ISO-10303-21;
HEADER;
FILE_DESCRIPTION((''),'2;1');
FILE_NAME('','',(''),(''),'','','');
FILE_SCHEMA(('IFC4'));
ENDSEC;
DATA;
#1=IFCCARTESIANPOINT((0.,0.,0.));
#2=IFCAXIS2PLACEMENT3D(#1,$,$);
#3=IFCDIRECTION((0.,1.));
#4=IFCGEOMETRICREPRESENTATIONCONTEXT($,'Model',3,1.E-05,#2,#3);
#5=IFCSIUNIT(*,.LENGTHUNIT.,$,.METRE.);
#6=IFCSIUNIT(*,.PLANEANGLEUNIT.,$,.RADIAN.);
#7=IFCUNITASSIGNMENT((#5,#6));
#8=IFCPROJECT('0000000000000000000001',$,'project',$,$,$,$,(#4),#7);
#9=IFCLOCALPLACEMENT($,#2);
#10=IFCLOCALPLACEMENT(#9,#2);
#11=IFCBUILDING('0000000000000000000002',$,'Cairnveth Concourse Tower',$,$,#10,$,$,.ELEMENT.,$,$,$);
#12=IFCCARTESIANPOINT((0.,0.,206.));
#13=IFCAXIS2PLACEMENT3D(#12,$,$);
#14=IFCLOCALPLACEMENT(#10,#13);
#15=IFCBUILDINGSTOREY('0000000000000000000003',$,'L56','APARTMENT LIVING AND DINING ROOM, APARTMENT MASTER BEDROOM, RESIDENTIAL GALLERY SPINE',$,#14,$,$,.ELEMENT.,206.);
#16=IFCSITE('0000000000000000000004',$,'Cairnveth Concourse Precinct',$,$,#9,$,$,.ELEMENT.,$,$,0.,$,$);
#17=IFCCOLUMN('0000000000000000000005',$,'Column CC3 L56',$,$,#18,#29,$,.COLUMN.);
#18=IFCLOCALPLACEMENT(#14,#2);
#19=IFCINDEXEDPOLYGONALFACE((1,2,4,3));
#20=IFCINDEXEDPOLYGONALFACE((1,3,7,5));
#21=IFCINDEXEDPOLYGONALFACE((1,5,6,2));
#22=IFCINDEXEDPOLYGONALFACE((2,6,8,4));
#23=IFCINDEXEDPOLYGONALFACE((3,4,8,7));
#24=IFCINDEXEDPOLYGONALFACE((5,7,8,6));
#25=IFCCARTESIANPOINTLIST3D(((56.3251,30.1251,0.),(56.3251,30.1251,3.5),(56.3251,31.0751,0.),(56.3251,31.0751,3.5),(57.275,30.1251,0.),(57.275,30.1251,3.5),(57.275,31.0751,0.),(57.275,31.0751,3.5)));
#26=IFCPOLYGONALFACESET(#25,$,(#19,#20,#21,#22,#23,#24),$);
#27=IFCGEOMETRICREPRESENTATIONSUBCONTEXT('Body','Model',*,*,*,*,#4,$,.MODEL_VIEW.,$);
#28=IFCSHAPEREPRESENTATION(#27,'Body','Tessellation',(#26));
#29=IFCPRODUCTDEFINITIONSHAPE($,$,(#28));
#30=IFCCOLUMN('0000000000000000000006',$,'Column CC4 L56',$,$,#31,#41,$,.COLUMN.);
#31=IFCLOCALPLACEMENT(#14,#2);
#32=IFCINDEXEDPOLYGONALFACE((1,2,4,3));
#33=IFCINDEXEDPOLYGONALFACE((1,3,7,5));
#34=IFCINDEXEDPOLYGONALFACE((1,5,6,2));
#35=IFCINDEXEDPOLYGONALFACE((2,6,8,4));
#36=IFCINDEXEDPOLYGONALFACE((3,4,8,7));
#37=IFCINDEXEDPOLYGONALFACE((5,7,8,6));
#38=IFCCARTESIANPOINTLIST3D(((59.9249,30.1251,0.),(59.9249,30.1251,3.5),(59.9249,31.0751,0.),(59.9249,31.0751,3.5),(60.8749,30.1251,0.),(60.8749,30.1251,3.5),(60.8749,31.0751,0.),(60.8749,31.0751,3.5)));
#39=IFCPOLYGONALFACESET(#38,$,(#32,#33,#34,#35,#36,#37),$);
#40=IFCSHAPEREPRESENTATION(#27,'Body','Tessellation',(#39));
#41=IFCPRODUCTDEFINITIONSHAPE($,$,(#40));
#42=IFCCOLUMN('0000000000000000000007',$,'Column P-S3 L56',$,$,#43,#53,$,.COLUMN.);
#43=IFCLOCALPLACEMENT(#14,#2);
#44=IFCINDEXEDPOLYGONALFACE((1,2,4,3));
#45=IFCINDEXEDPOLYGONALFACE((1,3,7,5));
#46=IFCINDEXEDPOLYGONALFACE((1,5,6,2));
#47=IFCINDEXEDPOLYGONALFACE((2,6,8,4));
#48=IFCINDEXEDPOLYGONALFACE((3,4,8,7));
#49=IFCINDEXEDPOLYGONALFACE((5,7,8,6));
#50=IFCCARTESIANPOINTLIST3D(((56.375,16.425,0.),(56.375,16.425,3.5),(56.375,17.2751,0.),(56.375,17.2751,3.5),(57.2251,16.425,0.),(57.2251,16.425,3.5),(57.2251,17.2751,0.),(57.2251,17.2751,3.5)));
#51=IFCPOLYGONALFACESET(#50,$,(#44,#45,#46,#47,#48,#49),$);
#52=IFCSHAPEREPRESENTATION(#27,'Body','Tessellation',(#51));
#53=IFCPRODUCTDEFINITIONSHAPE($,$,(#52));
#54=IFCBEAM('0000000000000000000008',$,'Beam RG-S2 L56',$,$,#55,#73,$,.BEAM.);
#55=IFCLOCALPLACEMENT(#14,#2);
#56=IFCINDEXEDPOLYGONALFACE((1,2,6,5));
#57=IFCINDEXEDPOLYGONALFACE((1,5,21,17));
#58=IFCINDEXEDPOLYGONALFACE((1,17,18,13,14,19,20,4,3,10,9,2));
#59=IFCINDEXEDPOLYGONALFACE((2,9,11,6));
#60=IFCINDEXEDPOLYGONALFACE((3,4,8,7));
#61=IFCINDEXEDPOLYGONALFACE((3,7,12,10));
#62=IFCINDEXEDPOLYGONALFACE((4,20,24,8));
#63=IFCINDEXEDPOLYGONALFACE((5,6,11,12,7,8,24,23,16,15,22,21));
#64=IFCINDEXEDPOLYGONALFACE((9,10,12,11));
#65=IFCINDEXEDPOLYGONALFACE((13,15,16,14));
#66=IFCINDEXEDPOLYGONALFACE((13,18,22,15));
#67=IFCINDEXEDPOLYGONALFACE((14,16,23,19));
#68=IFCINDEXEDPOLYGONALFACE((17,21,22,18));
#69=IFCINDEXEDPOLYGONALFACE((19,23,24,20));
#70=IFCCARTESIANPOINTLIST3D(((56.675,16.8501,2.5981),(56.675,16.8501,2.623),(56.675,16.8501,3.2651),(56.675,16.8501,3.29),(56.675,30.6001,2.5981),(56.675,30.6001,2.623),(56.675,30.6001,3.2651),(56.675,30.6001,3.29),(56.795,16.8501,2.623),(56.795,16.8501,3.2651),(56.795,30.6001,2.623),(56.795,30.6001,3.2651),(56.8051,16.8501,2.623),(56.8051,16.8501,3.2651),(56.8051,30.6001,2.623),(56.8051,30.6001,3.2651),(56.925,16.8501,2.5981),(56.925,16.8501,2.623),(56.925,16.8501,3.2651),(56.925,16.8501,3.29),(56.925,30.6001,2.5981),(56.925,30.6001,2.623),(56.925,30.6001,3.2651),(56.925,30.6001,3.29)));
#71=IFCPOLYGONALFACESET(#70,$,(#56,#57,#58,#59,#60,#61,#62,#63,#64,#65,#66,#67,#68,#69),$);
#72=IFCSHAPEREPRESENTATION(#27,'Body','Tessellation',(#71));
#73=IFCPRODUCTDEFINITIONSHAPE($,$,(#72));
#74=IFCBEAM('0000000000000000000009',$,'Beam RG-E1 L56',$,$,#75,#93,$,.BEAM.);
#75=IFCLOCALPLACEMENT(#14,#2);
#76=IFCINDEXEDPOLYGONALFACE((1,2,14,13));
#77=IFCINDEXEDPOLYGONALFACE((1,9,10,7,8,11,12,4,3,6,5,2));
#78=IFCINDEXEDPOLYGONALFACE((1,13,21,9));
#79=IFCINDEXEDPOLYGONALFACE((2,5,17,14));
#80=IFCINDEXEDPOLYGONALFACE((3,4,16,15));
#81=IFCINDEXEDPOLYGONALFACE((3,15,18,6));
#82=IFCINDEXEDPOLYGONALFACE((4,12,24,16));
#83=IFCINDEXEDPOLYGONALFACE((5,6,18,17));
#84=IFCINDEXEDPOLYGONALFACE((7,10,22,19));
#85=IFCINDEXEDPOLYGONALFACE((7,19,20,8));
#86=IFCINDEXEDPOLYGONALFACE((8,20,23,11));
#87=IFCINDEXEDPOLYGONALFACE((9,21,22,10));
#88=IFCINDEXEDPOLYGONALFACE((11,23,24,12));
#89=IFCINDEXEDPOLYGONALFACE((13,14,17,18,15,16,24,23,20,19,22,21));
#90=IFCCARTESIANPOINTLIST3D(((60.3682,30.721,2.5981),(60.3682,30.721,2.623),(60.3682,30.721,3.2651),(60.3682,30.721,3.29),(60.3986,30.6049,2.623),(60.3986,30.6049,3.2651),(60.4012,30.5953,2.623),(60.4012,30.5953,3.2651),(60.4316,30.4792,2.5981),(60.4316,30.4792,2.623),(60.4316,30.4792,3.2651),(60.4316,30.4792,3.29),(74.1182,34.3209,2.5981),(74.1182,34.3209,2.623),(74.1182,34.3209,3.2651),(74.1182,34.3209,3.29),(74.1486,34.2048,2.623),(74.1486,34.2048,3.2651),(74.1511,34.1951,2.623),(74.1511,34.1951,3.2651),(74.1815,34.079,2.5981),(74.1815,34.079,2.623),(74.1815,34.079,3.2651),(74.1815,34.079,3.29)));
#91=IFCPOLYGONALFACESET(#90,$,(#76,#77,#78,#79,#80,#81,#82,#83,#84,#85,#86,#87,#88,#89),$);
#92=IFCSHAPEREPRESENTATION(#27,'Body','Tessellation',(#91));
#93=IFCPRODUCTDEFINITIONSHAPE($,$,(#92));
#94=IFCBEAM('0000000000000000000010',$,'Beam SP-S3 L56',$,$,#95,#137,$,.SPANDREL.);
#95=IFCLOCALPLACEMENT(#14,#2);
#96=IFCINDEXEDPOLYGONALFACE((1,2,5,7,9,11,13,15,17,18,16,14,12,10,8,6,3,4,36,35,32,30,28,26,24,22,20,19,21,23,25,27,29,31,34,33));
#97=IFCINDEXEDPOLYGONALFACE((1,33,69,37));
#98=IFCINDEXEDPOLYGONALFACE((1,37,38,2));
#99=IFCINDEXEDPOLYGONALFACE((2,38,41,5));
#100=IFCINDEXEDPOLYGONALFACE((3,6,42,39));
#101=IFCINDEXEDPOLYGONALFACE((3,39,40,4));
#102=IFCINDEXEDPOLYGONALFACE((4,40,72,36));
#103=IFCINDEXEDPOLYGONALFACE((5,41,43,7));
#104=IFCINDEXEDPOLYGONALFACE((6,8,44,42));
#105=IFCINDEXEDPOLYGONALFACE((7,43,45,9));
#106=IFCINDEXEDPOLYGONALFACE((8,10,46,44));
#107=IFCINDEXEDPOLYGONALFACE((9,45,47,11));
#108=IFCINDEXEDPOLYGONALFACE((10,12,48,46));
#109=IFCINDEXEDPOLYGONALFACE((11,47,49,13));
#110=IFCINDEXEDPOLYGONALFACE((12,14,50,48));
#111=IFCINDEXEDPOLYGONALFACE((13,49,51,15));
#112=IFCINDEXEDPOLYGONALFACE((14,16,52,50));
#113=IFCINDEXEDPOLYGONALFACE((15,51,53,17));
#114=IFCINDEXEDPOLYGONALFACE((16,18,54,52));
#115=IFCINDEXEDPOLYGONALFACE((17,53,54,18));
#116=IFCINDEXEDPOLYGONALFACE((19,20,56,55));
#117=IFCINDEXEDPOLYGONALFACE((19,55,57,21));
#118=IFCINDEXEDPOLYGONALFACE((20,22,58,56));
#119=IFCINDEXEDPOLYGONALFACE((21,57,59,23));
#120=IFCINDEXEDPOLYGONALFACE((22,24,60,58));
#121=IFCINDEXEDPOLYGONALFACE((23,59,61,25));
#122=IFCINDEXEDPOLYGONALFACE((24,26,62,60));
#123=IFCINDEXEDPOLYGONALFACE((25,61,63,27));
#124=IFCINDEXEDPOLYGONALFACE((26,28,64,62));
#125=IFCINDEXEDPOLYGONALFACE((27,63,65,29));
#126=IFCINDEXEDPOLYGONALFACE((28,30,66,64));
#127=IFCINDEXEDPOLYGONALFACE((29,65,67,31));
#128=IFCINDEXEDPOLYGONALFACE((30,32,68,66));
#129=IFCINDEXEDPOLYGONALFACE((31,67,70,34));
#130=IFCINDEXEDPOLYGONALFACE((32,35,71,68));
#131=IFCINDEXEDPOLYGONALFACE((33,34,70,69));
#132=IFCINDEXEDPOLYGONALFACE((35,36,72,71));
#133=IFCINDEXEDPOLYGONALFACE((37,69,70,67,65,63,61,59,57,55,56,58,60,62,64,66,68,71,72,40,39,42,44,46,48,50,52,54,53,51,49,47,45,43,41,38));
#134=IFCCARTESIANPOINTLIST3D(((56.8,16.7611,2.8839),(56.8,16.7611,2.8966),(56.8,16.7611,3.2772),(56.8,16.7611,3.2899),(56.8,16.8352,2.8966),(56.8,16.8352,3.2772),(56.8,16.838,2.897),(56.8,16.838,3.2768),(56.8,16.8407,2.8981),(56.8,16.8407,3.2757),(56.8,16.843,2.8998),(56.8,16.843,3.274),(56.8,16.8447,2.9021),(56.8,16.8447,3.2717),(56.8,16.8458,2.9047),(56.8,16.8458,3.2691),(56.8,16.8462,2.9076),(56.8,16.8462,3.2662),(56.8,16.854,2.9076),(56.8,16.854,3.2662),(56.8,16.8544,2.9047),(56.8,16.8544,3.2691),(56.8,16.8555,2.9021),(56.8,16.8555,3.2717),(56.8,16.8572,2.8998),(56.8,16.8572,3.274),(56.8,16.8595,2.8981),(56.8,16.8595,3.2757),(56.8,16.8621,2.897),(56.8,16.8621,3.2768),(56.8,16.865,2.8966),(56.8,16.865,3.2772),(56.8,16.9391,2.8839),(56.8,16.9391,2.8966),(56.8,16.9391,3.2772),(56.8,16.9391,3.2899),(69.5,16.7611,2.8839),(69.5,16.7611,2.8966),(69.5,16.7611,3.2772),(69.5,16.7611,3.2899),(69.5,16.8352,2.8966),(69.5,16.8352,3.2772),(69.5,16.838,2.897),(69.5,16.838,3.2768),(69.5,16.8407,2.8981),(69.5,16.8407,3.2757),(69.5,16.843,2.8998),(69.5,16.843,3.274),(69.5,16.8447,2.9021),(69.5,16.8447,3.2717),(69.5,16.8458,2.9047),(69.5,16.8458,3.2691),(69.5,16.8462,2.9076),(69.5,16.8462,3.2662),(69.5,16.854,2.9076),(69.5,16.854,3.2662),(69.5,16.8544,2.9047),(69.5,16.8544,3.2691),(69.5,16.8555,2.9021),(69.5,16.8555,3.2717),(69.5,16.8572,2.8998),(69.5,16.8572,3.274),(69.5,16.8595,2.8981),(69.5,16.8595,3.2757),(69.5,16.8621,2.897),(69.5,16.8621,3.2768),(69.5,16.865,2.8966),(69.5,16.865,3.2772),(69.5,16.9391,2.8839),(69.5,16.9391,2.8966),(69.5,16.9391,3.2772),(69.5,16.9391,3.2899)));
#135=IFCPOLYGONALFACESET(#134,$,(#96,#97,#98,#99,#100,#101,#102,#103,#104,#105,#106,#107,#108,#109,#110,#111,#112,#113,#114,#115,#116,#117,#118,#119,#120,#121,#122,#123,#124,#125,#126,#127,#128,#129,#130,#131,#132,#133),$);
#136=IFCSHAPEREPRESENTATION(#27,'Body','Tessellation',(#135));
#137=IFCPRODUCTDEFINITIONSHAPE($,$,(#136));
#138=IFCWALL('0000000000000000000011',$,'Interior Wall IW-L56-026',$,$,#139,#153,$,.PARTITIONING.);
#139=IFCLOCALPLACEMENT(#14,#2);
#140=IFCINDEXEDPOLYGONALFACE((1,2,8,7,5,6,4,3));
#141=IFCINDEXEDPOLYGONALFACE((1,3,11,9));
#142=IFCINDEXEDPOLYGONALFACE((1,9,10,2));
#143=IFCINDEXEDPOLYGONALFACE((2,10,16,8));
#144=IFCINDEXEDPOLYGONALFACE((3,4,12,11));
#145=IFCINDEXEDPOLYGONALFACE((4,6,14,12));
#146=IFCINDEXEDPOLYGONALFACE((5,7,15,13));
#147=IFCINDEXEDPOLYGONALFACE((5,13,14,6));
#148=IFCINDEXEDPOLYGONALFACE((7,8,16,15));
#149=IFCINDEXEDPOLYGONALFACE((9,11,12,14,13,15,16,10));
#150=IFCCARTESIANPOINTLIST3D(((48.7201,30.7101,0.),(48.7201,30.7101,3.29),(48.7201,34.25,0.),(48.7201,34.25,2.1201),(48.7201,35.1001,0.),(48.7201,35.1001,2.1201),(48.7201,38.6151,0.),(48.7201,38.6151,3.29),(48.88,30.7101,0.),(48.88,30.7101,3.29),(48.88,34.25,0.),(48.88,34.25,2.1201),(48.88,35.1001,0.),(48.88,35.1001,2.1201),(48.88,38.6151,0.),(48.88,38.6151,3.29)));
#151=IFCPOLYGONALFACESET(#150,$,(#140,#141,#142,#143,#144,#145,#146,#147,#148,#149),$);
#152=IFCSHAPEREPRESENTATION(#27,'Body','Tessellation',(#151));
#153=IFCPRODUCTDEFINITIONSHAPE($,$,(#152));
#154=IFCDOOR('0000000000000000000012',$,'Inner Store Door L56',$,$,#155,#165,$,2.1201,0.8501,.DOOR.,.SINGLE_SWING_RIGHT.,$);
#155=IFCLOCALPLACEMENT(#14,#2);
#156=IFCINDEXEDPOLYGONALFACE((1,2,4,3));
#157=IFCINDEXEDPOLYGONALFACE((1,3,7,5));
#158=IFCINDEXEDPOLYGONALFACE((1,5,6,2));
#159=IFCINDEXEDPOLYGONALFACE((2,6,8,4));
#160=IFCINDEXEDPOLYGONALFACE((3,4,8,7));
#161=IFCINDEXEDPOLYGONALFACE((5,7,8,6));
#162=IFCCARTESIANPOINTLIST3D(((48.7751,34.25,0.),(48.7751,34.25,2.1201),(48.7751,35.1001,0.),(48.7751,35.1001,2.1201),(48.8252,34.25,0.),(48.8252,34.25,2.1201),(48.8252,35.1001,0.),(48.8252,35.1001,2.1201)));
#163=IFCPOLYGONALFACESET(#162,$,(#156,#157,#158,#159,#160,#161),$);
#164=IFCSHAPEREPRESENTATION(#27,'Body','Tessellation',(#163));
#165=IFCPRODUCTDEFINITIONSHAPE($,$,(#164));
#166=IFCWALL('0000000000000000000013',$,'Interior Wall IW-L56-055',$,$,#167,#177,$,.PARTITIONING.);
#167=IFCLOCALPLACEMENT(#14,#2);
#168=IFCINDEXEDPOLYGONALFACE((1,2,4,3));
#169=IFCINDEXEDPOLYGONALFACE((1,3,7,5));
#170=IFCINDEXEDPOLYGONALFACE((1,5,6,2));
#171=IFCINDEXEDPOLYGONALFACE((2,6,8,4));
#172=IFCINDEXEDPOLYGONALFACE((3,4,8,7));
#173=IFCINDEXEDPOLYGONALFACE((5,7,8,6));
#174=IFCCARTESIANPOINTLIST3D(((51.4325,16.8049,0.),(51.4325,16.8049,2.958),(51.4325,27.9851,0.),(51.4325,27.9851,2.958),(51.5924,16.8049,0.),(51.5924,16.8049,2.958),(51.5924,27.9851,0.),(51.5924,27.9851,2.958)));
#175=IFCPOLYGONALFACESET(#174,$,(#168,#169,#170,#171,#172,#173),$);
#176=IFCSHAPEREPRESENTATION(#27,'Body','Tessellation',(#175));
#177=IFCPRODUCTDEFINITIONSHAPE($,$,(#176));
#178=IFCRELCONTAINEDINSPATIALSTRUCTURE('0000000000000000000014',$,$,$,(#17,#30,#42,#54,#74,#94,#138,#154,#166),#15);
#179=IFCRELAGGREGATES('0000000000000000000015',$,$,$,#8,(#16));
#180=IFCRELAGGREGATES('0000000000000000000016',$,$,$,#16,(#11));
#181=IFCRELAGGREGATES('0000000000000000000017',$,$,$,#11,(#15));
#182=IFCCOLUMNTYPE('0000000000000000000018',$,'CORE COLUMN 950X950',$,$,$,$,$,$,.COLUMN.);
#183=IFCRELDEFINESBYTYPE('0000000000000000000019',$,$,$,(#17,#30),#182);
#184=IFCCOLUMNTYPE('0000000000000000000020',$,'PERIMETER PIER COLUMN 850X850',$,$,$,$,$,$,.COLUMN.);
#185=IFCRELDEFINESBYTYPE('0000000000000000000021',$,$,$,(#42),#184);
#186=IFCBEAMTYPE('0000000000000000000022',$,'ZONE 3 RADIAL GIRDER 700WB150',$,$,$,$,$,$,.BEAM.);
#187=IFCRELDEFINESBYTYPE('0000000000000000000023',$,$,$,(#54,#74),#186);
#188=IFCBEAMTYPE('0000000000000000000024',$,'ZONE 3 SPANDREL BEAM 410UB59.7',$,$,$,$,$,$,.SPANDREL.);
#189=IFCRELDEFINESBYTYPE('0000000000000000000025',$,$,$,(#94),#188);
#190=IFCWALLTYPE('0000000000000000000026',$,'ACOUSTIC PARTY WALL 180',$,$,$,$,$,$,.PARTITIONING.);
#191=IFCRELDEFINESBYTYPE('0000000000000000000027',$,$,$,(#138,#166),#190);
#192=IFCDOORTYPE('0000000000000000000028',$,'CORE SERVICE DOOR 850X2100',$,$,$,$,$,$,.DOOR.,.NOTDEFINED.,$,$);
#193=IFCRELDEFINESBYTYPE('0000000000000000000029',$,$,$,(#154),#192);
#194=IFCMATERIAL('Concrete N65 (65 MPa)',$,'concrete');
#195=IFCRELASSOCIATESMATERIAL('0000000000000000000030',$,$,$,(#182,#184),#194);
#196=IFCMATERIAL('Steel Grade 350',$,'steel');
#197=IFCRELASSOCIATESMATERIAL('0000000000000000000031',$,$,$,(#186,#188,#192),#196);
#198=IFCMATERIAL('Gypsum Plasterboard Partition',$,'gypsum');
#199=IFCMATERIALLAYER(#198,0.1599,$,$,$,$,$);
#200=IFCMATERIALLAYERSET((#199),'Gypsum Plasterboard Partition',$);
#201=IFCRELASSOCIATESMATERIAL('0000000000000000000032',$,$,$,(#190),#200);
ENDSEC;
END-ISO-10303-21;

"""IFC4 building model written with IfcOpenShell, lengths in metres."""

from ifc_helpers import new_model, si_unit, direction, frame, frame_2d, origin, origin_2d, place, context, subcontext, project, spatial, rectangle, i_section, extrude, material, layer, layer_set, material_profile, profile_set, type_object, element, fill, save


model = new_model("IFC4")

# Units and contexts
model_context = context("Model", 3, precision=1e-05, world=origin(), true_north=direction((0.0, 1.0)))
body_context = subcontext(model_context, "Body", "Model", "MODEL_VIEW")
ifc_project = project(units=[si_unit("LENGTHUNIT", "METRE"), si_unit("PLANEANGLEUNIT", "RADIAN")], contexts=[model_context])

# Site, building, storey
site_placement = place(None, origin())
site = spatial("IfcSite", under=ifc_project, at=site_placement, Name="Cairnveth Concourse Precinct", CompositionType="ELEMENT", RefElevation=0.0)
building_placement = place(site_placement, origin())
building = spatial("IfcBuilding", under=site, at=building_placement, Name="Cairnveth Concourse Tower", CompositionType="ELEMENT")
storey_placement = place(building_placement, frame((0.0, 0.0, 206.0)))
storey = spatial("IfcBuildingStorey", under=building, at=storey_placement, Name="L56", Description="APARTMENT LIVING AND DINING ROOM, APARTMENT MASTER BEDROOM, RESIDENTIAL GALLERY SPINE", CompositionType="ELEMENT", Elevation=206.0)

# Columns
ifc_material_1 = material(Name="Concrete N65 (65 MPa)", Category="concrete")
ifc_material_profile_1 = material_profile(ifc_material_1, rectangle(XDim=0.95, YDim=0.95, at=origin_2d()), Name="RC-COL-950x950")
ifc_profile_set_1 = profile_set([ifc_material_profile_1], Name="Concrete N65 (65 MPa)")
column_type_1 = type_object("IfcColumnType", Name="CORE COLUMN 950X950", PredefinedType="COLUMN", material=ifc_profile_set_1)
for number, where, z_axis, x_axis, name in (
    (1, (56.8, 30.6001, 0.0), (0.0, 0.0, 1.0), (1.0, 0.0, 0.0), "Column CC3 L56"),
    (2, (60.3999, 30.6001, 0.0), (0.0, 0.0, 1.0), (1.0, 0.0, 0.0), "Column CC4 L56"),
):
    element("IfcColumn", number, at=place(storey_placement, frame(where, z_axis=z_axis, x_axis=x_axis)), inside=storey, type_object=column_type_1, Name=name, PredefinedType="COLUMN", context=body_context, shape_type="SweptSolid", body=[
        extrude(rectangle(XDim=0.95, YDim=0.95, at=origin_2d()), origin(), (0.0, 0.0, 1.0), 3.5),
    ])
ifc_material_profile_2 = material_profile(ifc_material_1, rectangle(XDim=0.8501, YDim=0.8501, at=origin_2d()), Name="RC-COL-850x850")
ifc_profile_set_2 = profile_set([ifc_material_profile_2], Name="Concrete N65 (65 MPa)")
column_type_2 = type_object("IfcColumnType", Name="PERIMETER PIER COLUMN 850X850", PredefinedType="COLUMN", material=ifc_profile_set_2)
column_placement = place(storey_placement, frame((56.8, 16.8501, 0.0), z_axis=(0.0, 0.0, 1.0), x_axis=(1.0, 0.0, 0.0)))
element("IfcColumn", 3, at=column_placement, inside=storey, type_object=column_type_2, Name="Column P-S3 L56", PredefinedType="COLUMN", context=body_context, shape_type="SweptSolid", body=[
    extrude(rectangle(XDim=0.8501, YDim=0.8501, at=origin_2d()), origin(), (0.0, 0.0, 1.0), 3.5),
])

# Beams
ifc_material_2 = material(Name="Steel Grade 350", Category="steel")
ifc_material_profile_3 = material_profile(ifc_material_2, i_section(OverallWidth=0.25, OverallDepth=0.6919, WebThickness=0.01, FlangeThickness=0.0249, at=origin_2d()), Name="700WB150")
ifc_profile_set_3 = profile_set([ifc_material_profile_3], Name="Steel Grade 350")
beam_type_1 = type_object("IfcBeamType", Name="ZONE 3 RADIAL GIRDER 700WB150", PredefinedType="BEAM", material=ifc_profile_set_3)
beam_1_placement = place(storey_placement, frame((56.8, 16.8501, 2.9441), z_axis=(0.0, 1.0, 0.0), x_axis=(-1.0, 0.0, 0.0)))
element("IfcBeam", 4, at=beam_1_placement, inside=storey, type_object=beam_type_1, Name="Beam RG-S2 L56", PredefinedType="BEAM", context=body_context, shape_type="SweptSolid", body=[
    extrude(i_section(OverallWidth=0.25, OverallDepth=0.6919, WebThickness=0.01, FlangeThickness=0.0249, at=origin_2d()), origin(), (0.0, 0.0, 1.0), 13.75),
])
beam_2_placement = place(storey_placement, frame((60.3999, 30.6001, 2.9441), z_axis=(0.967395, 0.253271, 0.0), x_axis=(-0.253271, 0.967395, 0.0)))
element("IfcBeam", 5, at=beam_2_placement, inside=storey, type_object=beam_type_1, Name="Beam RG-E1 L56", PredefinedType="BEAM", context=body_context, shape_type="SweptSolid", body=[
    extrude(i_section(OverallWidth=0.25, OverallDepth=0.6919, WebThickness=0.01, FlangeThickness=0.0249, at=origin_2d()), origin(), (0.0, 0.0, 1.0), 14.2134),
])
ifc_material_profile_4 = material_profile(ifc_material_2, i_section(OverallWidth=0.178, OverallDepth=0.406, WebThickness=0.0078, FlangeThickness=0.0127, FilletRadius=0.011, at=origin_2d()), Name="410UB59.7")
ifc_profile_set_4 = profile_set([ifc_material_profile_4], Name="Steel Grade 350")
beam_type_2 = type_object("IfcBeamType", Name="ZONE 3 SPANDREL BEAM 410UB59.7", PredefinedType="SPANDREL", material=ifc_profile_set_4)
beam_3_placement = place(storey_placement, frame((56.8, 16.8501, 3.0869), z_axis=(1.0, 0.0, 0.0), x_axis=(0.0, 1.0, 0.0)))
element("IfcBeam", 6, at=beam_3_placement, inside=storey, type_object=beam_type_2, Name="Beam SP-S3 L56", PredefinedType="SPANDREL", context=body_context, shape_type="SweptSolid", body=[
    extrude(i_section(OverallWidth=0.178, OverallDepth=0.406, WebThickness=0.0078, FlangeThickness=0.0127, FilletRadius=0.011, at=origin_2d()), origin(), (0.0, 0.0, 1.0), 12.7),
])

# Wall, opening, door
ifc_material_3 = material(Name="Gypsum Plasterboard Partition", Category="gypsum")
ifc_layer_1 = layer(ifc_material_3, 0.1599)
ifc_layer_set_1 = layer_set([ifc_layer_1], Name="Gypsum Plasterboard Partition")
wall_type_1 = type_object("IfcWallType", Name="ACOUSTIC PARTY WALL 180", PredefinedType="PARTITIONING", material=ifc_layer_set_1)
wall_1_placement = place(storey_placement, frame((48.8, 30.71, 0.0), z_axis=(0.0, 0.0, 1.0), x_axis=(0.0, 1.0, 0.0)))
wall_1 = element("IfcWall", 7, at=wall_1_placement, inside=storey, type_object=wall_type_1, Name="Interior Wall IW-L56-026", PredefinedType="PARTITIONING", context=body_context, shape_type="SweptSolid", body=[
    extrude(rectangle(XDim=7.905, YDim=0.1599, at=frame_2d((3.9526, 0.0))), origin(), (0.0, 0.0, 1.0), 3.29),
])
opening_1_placement = place(wall_1_placement, frame((3.54, 0.0, 0.0)))
opening_1 = element("IfcOpeningElement", 8, at=opening_1_placement, cuts=wall_1, PredefinedType="OPENING", context=body_context, shape_type="SweptSolid", body=[
    extrude(rectangle(XDim=0.8501, YDim=2.1201, at=frame_2d((0.425, 1.0601))), frame((0.0, 0.0898, 0.0), z_axis=(0.0, -1.0, 0.0), x_axis=(1.0, 0.0, 0.0)), (0.0, 0.0, 1.0), 0.1799),
])
door_type_1 = type_object("IfcDoorType", Name="CORE SERVICE DOOR 850X2100", OperationType="NOTDEFINED", PredefinedType="DOOR", material=ifc_material_2)
door_1_placement = place(opening_1_placement, origin())
door_1 = element("IfcDoor", 9, at=door_1_placement, inside=storey, type_object=door_type_1, Name="Inner Store Door L56", OperationType="SINGLE_SWING_RIGHT", OverallHeight=2.1201, OverallWidth=0.8501, PredefinedType="DOOR", context=body_context, shape_type="SweptSolid", body=[
    extrude(rectangle(XDim=0.8501, YDim=2.1201, at=frame_2d((0.425, 1.0601))), frame((0.0, 0.0249, 0.0), z_axis=(0.0, -1.0, 0.0), x_axis=(1.0, 0.0, 0.0)), (0.0, 0.0, 1.0), 0.05),
])
fill(opening_1, door_1)

# Wall
wall_2_placement = place(storey_placement, frame((51.5125, 16.8049, 0.0), z_axis=(0.0, 0.0, 1.0), x_axis=(0.0, 1.0, 0.0)))
element("IfcWall", 10, at=wall_2_placement, inside=storey, type_object=wall_type_1, Name="Interior Wall IW-L56-055", PredefinedType="PARTITIONING", context=body_context, shape_type="SweptSolid", body=[
    extrude(rectangle(XDim=11.1802, YDim=0.1599, at=frame_2d((5.5901, 0.0))), origin(), (0.0, 0.0, 1.0), 2.958),
])

save(model, "model.ifc")
